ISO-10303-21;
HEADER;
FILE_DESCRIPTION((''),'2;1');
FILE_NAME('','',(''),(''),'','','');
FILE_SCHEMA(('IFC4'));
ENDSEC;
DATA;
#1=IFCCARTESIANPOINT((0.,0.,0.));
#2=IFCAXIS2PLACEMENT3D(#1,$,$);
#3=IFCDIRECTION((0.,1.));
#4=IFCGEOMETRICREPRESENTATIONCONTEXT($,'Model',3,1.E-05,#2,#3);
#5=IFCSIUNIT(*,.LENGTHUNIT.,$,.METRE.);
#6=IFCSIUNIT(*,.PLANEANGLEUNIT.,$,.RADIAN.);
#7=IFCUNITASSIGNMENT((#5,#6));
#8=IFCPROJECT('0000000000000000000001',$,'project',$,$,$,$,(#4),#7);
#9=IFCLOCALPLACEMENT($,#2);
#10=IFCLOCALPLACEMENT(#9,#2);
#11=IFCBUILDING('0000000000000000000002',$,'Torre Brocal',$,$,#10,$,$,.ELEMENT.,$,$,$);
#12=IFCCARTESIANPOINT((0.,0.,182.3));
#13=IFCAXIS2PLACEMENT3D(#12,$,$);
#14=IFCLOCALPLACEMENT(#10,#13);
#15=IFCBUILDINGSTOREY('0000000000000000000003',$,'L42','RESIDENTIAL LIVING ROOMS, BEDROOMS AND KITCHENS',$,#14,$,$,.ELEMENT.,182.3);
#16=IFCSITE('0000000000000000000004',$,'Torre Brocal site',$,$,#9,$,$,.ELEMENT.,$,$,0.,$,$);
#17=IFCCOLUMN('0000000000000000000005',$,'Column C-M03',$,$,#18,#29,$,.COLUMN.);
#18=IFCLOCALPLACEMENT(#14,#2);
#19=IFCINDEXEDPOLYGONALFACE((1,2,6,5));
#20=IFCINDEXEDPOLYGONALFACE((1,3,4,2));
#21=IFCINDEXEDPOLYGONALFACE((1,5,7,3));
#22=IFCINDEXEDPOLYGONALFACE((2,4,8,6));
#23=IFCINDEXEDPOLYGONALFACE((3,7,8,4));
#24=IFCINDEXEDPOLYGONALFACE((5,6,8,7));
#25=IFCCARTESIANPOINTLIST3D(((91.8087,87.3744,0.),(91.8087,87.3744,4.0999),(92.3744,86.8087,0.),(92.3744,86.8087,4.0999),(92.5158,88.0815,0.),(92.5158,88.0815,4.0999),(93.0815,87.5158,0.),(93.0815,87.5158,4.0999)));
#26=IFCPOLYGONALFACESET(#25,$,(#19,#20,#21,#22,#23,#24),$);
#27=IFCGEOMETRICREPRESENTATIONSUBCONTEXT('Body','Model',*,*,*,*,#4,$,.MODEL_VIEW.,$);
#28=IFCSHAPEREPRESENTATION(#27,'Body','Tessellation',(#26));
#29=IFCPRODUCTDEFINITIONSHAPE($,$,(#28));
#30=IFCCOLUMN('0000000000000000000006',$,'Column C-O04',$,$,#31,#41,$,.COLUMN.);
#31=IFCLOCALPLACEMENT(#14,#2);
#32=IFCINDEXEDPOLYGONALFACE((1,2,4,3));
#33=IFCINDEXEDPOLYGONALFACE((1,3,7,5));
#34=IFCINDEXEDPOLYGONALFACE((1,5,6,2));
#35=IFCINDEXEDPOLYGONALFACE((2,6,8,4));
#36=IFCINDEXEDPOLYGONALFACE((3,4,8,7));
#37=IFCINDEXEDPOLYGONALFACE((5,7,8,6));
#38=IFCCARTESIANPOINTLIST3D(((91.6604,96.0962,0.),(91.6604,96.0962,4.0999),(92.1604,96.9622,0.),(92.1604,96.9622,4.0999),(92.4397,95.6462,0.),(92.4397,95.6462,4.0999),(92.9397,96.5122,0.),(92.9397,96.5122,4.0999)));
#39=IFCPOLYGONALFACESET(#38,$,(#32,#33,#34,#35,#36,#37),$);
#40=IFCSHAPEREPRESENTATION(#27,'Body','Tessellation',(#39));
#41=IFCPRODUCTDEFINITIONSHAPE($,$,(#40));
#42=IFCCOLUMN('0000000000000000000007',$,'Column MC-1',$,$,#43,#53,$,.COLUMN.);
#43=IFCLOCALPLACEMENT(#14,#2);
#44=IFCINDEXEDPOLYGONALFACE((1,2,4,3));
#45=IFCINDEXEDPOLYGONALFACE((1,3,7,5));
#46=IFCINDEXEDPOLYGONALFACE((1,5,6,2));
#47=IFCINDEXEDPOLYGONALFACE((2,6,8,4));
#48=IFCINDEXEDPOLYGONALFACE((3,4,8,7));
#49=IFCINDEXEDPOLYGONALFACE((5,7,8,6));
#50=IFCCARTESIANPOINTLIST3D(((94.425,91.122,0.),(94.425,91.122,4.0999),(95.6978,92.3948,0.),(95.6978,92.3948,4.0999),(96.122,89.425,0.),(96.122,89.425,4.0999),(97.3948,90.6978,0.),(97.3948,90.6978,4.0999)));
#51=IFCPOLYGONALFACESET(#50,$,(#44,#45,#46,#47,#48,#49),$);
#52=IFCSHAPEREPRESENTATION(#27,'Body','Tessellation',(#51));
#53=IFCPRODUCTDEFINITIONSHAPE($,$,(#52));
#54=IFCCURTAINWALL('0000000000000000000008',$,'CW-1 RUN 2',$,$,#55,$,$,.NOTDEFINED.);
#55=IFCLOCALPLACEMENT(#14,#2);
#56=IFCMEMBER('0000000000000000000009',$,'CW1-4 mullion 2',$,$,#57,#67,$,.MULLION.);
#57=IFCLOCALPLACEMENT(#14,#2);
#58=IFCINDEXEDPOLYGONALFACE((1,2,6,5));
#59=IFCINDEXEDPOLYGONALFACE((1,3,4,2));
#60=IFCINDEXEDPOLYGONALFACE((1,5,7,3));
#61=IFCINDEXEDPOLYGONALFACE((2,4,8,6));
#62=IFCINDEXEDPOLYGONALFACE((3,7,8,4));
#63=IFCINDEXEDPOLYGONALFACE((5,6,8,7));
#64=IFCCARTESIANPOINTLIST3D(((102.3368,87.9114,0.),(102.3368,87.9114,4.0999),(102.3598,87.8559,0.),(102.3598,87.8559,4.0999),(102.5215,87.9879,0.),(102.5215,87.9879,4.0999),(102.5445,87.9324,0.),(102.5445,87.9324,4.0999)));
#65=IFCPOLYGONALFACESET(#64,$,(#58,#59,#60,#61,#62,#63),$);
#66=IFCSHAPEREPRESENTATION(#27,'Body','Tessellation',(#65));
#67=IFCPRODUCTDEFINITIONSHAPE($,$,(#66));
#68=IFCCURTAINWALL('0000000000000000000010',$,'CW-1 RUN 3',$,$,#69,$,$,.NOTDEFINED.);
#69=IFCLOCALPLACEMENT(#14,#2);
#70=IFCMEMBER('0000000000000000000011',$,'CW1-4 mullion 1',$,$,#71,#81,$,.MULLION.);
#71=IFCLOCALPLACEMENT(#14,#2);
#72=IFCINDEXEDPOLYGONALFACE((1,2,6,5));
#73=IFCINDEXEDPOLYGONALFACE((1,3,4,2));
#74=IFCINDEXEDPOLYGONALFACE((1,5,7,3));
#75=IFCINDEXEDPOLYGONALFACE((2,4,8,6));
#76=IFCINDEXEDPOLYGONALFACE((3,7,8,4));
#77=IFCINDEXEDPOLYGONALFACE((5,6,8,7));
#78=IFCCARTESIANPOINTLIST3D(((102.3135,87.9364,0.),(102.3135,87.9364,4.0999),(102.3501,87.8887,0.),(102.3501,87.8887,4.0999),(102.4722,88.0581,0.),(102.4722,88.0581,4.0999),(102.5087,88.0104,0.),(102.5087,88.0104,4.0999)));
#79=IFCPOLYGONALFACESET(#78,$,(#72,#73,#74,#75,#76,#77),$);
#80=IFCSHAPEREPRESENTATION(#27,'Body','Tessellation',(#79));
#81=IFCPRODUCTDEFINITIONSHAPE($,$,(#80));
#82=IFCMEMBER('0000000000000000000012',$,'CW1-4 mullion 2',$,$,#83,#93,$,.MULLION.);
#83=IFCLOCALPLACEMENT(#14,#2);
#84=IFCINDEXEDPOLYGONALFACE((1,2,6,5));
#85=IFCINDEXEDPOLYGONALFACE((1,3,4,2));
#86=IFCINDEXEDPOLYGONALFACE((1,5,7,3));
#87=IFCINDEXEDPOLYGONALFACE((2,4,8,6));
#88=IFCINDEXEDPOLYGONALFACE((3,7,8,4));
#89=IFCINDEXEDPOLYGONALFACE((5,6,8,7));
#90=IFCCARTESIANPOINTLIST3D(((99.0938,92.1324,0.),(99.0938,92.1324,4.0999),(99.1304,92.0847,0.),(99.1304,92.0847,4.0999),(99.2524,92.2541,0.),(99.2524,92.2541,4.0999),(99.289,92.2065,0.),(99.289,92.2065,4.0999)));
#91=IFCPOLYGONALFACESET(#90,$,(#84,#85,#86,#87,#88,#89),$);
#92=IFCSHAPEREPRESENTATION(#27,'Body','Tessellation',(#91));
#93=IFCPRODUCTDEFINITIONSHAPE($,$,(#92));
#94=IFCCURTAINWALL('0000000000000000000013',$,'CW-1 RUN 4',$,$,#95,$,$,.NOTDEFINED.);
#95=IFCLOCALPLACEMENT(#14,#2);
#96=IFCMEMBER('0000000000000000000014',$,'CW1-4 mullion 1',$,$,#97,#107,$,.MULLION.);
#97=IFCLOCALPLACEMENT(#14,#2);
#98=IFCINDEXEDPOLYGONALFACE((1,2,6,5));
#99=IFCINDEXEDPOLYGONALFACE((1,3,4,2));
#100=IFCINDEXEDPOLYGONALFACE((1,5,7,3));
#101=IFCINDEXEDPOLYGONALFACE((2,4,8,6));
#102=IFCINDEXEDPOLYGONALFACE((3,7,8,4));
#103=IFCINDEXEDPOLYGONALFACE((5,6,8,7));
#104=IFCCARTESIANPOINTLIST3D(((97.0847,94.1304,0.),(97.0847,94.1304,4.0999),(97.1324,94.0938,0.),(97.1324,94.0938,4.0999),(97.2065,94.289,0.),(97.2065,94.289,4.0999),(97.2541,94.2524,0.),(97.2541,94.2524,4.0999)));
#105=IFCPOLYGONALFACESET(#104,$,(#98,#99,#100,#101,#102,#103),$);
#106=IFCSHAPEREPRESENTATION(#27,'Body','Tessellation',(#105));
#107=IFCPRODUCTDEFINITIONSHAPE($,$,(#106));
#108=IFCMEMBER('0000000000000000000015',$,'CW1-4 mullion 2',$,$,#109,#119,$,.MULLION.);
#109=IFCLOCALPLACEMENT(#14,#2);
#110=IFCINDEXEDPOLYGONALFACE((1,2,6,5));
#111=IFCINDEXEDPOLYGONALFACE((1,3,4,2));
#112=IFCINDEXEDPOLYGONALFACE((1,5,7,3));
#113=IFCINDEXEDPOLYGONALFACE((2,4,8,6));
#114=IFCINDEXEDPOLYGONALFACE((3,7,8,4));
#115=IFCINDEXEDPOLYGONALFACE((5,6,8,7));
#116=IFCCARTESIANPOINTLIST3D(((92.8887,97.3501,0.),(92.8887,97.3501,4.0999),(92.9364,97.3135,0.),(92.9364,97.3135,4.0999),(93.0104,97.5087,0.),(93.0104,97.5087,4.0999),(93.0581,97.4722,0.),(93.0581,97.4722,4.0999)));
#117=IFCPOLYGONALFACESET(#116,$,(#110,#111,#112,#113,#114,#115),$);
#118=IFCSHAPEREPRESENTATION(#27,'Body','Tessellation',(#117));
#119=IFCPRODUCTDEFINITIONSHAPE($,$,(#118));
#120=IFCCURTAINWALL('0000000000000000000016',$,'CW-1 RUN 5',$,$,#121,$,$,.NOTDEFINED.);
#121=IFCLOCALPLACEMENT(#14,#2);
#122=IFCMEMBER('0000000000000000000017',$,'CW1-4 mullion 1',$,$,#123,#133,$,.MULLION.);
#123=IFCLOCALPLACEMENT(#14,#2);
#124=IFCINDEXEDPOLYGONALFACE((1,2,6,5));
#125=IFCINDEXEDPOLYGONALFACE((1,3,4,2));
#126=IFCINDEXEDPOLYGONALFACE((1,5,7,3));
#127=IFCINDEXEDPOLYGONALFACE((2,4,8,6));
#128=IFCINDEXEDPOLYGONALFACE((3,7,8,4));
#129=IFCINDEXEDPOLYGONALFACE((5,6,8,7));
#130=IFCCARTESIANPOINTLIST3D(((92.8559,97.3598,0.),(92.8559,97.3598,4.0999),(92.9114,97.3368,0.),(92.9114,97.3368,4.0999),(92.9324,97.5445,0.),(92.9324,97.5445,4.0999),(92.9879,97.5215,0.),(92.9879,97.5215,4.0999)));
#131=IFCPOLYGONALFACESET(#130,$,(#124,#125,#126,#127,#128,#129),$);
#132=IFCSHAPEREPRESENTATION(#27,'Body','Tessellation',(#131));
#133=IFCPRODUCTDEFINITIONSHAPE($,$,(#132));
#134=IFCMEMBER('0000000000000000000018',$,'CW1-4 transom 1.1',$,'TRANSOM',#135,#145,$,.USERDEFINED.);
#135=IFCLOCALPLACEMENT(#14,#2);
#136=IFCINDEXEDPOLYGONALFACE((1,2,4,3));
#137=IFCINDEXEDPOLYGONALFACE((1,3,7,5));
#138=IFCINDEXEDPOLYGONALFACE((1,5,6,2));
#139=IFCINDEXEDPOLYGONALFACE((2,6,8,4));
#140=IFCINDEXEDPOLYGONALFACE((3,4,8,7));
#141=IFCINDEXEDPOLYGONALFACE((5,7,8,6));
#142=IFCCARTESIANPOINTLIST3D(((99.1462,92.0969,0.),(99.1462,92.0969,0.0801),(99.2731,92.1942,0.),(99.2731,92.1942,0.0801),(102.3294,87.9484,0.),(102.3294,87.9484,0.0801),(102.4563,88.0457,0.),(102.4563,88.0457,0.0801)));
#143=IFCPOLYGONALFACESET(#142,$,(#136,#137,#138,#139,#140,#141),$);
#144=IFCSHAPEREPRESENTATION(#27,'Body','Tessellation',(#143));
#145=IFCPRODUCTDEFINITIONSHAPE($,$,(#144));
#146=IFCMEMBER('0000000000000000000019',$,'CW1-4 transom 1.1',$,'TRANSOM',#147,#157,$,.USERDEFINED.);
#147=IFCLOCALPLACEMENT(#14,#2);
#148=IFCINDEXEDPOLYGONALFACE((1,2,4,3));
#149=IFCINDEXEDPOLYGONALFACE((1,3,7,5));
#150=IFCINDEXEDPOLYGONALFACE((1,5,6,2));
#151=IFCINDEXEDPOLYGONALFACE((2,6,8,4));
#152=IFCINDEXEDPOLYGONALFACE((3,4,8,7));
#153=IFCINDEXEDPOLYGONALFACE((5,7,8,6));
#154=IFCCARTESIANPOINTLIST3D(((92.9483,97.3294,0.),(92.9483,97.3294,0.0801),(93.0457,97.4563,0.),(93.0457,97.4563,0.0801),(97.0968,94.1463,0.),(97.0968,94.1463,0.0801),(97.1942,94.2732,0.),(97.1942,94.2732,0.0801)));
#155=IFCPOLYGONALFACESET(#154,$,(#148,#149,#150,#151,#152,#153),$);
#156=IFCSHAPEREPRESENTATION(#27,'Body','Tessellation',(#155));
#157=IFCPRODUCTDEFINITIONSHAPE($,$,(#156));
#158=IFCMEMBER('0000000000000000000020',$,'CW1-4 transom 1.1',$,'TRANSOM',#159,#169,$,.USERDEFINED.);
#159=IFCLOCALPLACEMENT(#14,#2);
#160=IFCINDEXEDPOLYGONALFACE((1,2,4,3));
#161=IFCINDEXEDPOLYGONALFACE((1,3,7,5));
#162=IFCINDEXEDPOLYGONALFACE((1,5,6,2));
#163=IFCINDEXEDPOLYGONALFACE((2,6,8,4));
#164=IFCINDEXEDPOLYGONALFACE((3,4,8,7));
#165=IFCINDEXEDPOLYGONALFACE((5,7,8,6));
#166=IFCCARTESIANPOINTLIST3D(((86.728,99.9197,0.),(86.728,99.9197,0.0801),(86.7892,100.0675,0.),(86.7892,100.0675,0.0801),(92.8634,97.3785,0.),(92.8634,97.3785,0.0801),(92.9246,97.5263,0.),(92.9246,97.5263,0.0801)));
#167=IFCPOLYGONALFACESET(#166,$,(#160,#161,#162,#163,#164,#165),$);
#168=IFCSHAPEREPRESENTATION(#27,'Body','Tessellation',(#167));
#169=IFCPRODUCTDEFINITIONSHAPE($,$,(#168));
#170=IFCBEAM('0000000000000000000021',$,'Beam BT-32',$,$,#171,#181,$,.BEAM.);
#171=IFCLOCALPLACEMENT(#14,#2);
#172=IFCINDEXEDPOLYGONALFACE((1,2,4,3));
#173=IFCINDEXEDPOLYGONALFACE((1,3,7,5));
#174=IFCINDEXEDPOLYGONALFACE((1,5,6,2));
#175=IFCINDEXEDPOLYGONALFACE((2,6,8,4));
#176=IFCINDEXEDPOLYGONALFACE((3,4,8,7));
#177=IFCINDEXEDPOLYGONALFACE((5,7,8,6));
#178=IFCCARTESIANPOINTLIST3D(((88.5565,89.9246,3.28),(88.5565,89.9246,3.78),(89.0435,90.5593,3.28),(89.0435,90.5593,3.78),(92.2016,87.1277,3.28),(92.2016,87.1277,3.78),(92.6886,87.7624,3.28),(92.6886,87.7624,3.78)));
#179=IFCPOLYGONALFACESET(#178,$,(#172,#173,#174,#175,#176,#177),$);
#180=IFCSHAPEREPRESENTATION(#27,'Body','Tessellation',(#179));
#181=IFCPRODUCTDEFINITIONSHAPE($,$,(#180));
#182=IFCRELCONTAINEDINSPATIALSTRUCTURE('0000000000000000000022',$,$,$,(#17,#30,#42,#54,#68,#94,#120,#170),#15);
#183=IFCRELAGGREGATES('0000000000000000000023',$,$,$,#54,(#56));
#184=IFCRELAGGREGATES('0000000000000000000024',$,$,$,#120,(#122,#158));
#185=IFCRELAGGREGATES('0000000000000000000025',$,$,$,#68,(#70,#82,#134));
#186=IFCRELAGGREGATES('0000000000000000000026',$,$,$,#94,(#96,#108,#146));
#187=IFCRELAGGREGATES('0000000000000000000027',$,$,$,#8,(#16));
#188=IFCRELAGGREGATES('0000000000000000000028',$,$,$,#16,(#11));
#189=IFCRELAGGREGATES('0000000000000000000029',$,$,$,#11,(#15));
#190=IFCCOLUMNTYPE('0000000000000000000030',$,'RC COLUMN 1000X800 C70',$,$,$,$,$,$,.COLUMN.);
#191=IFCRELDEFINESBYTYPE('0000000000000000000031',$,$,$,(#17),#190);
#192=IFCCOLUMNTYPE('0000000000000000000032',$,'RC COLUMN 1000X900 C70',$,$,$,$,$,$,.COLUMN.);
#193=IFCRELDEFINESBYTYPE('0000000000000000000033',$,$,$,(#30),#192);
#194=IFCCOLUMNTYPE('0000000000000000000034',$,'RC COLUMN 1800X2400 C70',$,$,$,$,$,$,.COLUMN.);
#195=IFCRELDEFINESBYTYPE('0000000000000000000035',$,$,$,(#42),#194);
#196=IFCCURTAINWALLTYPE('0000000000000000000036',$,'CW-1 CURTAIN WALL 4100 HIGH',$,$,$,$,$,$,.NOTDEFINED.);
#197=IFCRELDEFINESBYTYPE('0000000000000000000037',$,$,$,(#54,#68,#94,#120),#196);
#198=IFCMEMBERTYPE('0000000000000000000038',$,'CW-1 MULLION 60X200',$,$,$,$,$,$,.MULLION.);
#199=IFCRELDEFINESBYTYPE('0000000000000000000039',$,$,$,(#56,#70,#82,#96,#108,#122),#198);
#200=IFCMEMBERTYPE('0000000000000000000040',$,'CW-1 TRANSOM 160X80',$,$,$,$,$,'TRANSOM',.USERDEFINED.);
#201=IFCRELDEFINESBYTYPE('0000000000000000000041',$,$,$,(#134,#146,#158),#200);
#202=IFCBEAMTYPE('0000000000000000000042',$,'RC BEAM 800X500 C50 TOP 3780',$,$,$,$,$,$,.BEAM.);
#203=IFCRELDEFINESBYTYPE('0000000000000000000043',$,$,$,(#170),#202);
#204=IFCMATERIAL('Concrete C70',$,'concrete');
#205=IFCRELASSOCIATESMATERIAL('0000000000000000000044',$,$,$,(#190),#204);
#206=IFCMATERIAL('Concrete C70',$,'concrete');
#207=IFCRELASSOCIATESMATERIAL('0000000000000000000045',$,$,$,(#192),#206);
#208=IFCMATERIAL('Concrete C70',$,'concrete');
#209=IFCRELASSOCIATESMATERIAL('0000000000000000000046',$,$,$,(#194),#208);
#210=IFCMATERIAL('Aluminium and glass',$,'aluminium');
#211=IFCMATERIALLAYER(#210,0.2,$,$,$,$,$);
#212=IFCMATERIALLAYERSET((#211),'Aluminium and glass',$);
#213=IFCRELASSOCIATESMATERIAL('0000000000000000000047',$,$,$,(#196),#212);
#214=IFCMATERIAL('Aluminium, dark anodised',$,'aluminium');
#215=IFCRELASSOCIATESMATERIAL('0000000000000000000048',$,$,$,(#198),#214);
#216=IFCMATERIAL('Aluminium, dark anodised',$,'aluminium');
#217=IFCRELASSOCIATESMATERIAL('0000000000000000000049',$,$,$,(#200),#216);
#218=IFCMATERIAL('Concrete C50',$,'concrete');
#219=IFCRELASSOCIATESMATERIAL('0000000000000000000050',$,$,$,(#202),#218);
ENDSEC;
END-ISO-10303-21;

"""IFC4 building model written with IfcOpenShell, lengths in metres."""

from ifc_helpers import new_model, si_unit, direction, frame, origin, origin_2d, place, context, subcontext, project, spatial, rectangle, extrude, material, layer, layer_set, material_profile, profile_set, type_object, element, aggregate, save


model = new_model("IFC4")

# Units and contexts
model_context = context("Model", 3, precision=1e-05, world=origin(), true_north=direction((0.0, 1.0)))
body_context = subcontext(model_context, "Body", "Model", "MODEL_VIEW")
ifc_project = project(units=[si_unit("LENGTHUNIT", "METRE"), si_unit("PLANEANGLEUNIT", "RADIAN")], contexts=[model_context])

# Site, building, storey
site_placement = place(None, origin())
site = spatial("IfcSite", under=ifc_project, at=site_placement, Name="Torre Brocal site", CompositionType="ELEMENT", RefElevation=0.0)
building_placement = place(site_placement, origin())
building = spatial("IfcBuilding", under=site, at=building_placement, Name="Torre Brocal", CompositionType="ELEMENT")
storey_placement = place(building_placement, frame((0.0, 0.0, 182.3)))
storey = spatial("IfcBuildingStorey", under=building, at=storey_placement, Name="L42", Description="RESIDENTIAL LIVING ROOMS, BEDROOMS AND KITCHENS", CompositionType="ELEMENT", Elevation=182.3)

# Columns
ifc_material_1 = material(Name="Concrete C70", Category="concrete")
ifc_material_profile_1 = material_profile(ifc_material_1, rectangle(XDim=1.0, YDim=0.8, at=origin_2d()), Name="RC 1000X800")
ifc_profile_set_1 = profile_set([ifc_material_profile_1], Name="Concrete C70")
column_type_1 = type_object("IfcColumnType", Name="RC COLUMN 1000X800 C70", PredefinedType="COLUMN", material=ifc_profile_set_1)
column_1_placement = place(storey_placement, frame((92.4451, 87.4451, 0.0), z_axis=(0.0, 0.0, 1.0), x_axis=(0.707107, 0.707107, 0.0)))
element("IfcColumn", 1, at=column_1_placement, inside=storey, type_object=column_type_1, Name="Column C-M03", PredefinedType="COLUMN", context=body_context, shape_type="SweptSolid", body=[
    extrude(rectangle(XDim=1.0, YDim=0.8, at=origin_2d()), origin(), (0.0, 0.0, 1.0), 4.0999),
])
ifc_material_2 = material(Name="Concrete C70", Category="concrete")
ifc_material_profile_2 = material_profile(ifc_material_2, rectangle(XDim=1.0, YDim=0.8999, at=origin_2d()), Name="RC 1000X900")
ifc_profile_set_2 = profile_set([ifc_material_profile_2], Name="Concrete C70")
column_type_2 = type_object("IfcColumnType", Name="RC COLUMN 1000X900 C70", PredefinedType="COLUMN", material=ifc_profile_set_2)
column_2_placement = place(storey_placement, frame((92.3, 96.3042, 0.0), z_axis=(0.0, 0.0, 1.0), x_axis=(0.5, 0.866025, 0.0)))
element("IfcColumn", 2, at=column_2_placement, inside=storey, type_object=column_type_2, Name="Column C-O04", PredefinedType="COLUMN", context=body_context, shape_type="SweptSolid", body=[
    extrude(rectangle(XDim=1.0, YDim=0.8999, at=origin_2d()), origin(), (0.0, 0.0, 1.0), 4.0999),
])
ifc_material_3 = material(Name="Concrete C70", Category="concrete")
ifc_material_profile_3 = material_profile(ifc_material_3, rectangle(XDim=1.8, YDim=2.3999, at=origin_2d()), Name="RC 1800X2400")
ifc_profile_set_3 = profile_set([ifc_material_profile_3], Name="Concrete C70")
column_type_3 = type_object("IfcColumnType", Name="RC COLUMN 1800X2400 C70", PredefinedType="COLUMN", material=ifc_profile_set_3)
column_3_placement = place(storey_placement, frame((95.9099, 90.9099, 0.0), z_axis=(0.0, 0.0, 1.0), x_axis=(0.707107, 0.707107, 0.0)))
element("IfcColumn", 3, at=column_3_placement, inside=storey, type_object=column_type_3, Name="Column MC-1", PredefinedType="COLUMN", context=body_context, shape_type="SweptSolid", body=[
    extrude(rectangle(XDim=1.8, YDim=2.3999, at=origin_2d()), origin(), (0.0, 0.0, 1.0), 4.0999),
])

# Curtain wall, member
ifc_material_4 = material(Name="Aluminium and glass", Category="aluminium")
ifc_layer_1 = layer(ifc_material_4, 0.2)
ifc_layer_set_1 = layer_set([ifc_layer_1], Name="Aluminium and glass")
curtain_wall_type = type_object("IfcCurtainWallType", Name="CW-1 CURTAIN WALL 4100 HIGH", PredefinedType="NOTDEFINED", material=ifc_layer_set_1)
curtain_wall_1_placement = place(storey_placement, origin())
curtain_wall_1 = element("IfcCurtainWall", 4, at=curtain_wall_1_placement, inside=storey, type_object=curtain_wall_type, Name="CW-1 RUN 2", PredefinedType="NOTDEFINED")
ifc_material_5 = material(Name="Aluminium, dark anodised", Category="aluminium")
ifc_material_profile_4 = material_profile(ifc_material_5, rectangle(XDim=0.2, YDim=0.0601, at=origin_2d()), Name="CW-1 MULLION 60X200")
ifc_profile_set_4 = profile_set([ifc_material_profile_4], Name="Aluminium, dark anodised")
member_type_1 = type_object("IfcMemberType", Name="CW-1 MULLION 60X200", PredefinedType="MULLION", material=ifc_profile_set_4)
member_1_placement = place(storey_placement, frame((102.4407, 87.9219, 0.0), z_axis=(0.0, 0.0, 1.0), x_axis=(-0.92388, -0.382683, 0.0)))
member_1 = element("IfcMember", 5, at=member_1_placement, type_object=member_type_1, Name="CW1-4 mullion 2", PredefinedType="MULLION", context=body_context, shape_type="SweptSolid", body=[
    extrude(rectangle(XDim=0.2, YDim=0.0601, at=origin_2d()), origin(), (0.0, 0.0, 1.0), 4.0999),
])
aggregate(curtain_wall_1, [member_1])

# Curtain walls, members
curtain_wall_2_placement = place(storey_placement, origin())
curtain_wall_2 = element("IfcCurtainWall", 6, at=curtain_wall_2_placement, inside=storey, type_object=curtain_wall_type, Name="CW-1 RUN 3", PredefinedType="NOTDEFINED")
member_2_placement = place(storey_placement, frame((102.4111, 87.9734, 0.0), z_axis=(0.0, 0.0, 1.0), x_axis=(-0.793353, -0.608761, 0.0)))
member_2 = element("IfcMember", 7, at=member_2_placement, type_object=member_type_1, Name="CW1-4 mullion 1", PredefinedType="MULLION", context=body_context, shape_type="SweptSolid", body=[
    extrude(rectangle(XDim=0.2, YDim=0.0601, at=origin_2d()), origin(), (0.0, 0.0, 1.0), 4.0999),
])
member_3_placement = place(storey_placement, frame((99.1914, 92.1694, 0.0), z_axis=(0.0, 0.0, 1.0), x_axis=(-0.793353, -0.608761, 0.0)))
member_3 = element("IfcMember", 8, at=member_3_placement, type_object=member_type_1, Name="CW1-4 mullion 2", PredefinedType="MULLION", context=body_context, shape_type="SweptSolid", body=[
    extrude(rectangle(XDim=0.2, YDim=0.0601, at=origin_2d()), origin(), (0.0, 0.0, 1.0), 4.0999),
])
curtain_wall_3_placement = place(storey_placement, origin())
curtain_wall_3 = element("IfcCurtainWall", 9, at=curtain_wall_3_placement, inside=storey, type_object=curtain_wall_type, Name="CW-1 RUN 4", PredefinedType="NOTDEFINED")
member_4_placement = place(storey_placement, frame((97.1694, 94.1914, 0.0), z_axis=(0.0, 0.0, 1.0), x_axis=(-0.608761, -0.793353, 0.0)))
member_4 = element("IfcMember", 10, at=member_4_placement, type_object=member_type_1, Name="CW1-4 mullion 1", PredefinedType="MULLION", context=body_context, shape_type="SweptSolid", body=[
    extrude(rectangle(XDim=0.2, YDim=0.0601, at=origin_2d()), origin(), (0.0, 0.0, 1.0), 4.0999),
])
member_5_placement = place(storey_placement, frame((92.9734, 97.4111, 0.0), z_axis=(0.0, 0.0, 1.0), x_axis=(-0.608761, -0.793353, 0.0)))
member_5 = element("IfcMember", 11, at=member_5_placement, type_object=member_type_1, Name="CW1-4 mullion 2", PredefinedType="MULLION", context=body_context, shape_type="SweptSolid", body=[
    extrude(rectangle(XDim=0.2, YDim=0.0601, at=origin_2d()), origin(), (0.0, 0.0, 1.0), 4.0999),
])

# Curtain wall, member
curtain_wall_4_placement = place(storey_placement, origin())
curtain_wall_4 = element("IfcCurtainWall", 12, at=curtain_wall_4_placement, inside=storey, type_object=curtain_wall_type, Name="CW-1 RUN 5", PredefinedType="NOTDEFINED")
member_6_placement = place(storey_placement, frame((92.9219, 97.4407, 0.0), z_axis=(0.0, 0.0, 1.0), x_axis=(-0.382683, -0.92388, 0.0)))
member_6 = element("IfcMember", 13, at=member_6_placement, type_object=member_type_1, Name="CW1-4 mullion 1", PredefinedType="MULLION", context=body_context, shape_type="SweptSolid", body=[
    extrude(rectangle(XDim=0.2, YDim=0.0601, at=origin_2d()), origin(), (0.0, 0.0, 1.0), 4.0999),
])

# Members
ifc_material_6 = material(Name="Aluminium, dark anodised", Category="aluminium")
ifc_material_profile_5 = material_profile(ifc_material_6, rectangle(XDim=0.1599, YDim=0.0801, at=origin_2d()), Name="CW-1 TRANSOM 160X80")
ifc_profile_set_5 = profile_set([ifc_material_profile_5], Name="Aluminium, dark anodised")
member_type_2 = type_object("IfcMemberType", Name="CW-1 TRANSOM 160X80", ElementType="TRANSOM", PredefinedType="USERDEFINED", material=ifc_profile_set_5)
member_7_placement = place(storey_placement, frame((102.3928, 87.9971, 0.04), z_axis=(-0.608749, 0.793363, 0.0), x_axis=(-0.793363, -0.608749, 0.0)))
member_7 = element("IfcMember", 14, at=member_7_placement, type_object=member_type_2, Name="CW1-4 transom 1.1", ObjectType="TRANSOM", PredefinedType="USERDEFINED", context=body_context, shape_type="SweptSolid", body=[
    extrude(rectangle(XDim=0.1599, YDim=0.0801, at=origin_2d()), origin(), (0.0, 0.0, 1.0), 5.229),
])
member_8_placement = place(storey_placement, frame((97.1455, 94.2097, 0.04), z_axis=(-0.793363, 0.608749, 0.0), x_axis=(-0.608749, -0.793363, 0.0)))
member_8 = element("IfcMember", 15, at=member_8_placement, type_object=member_type_2, Name="CW1-4 transom 1.1", ObjectType="TRANSOM", PredefinedType="USERDEFINED", context=body_context, shape_type="SweptSolid", body=[
    extrude(rectangle(XDim=0.1599, YDim=0.0801, at=origin_2d()), origin(), (0.0, 0.0, 1.0), 5.229),
])
member_9_placement = place(storey_placement, frame((92.894, 97.4524, 0.04), z_axis=(-0.923887, 0.382665, 0.0), x_axis=(-0.382665, -0.923887, 0.0)))
member_9 = element("IfcMember", 16, at=member_9_placement, type_object=member_type_2, Name="CW1-4 transom 1.1", ObjectType="TRANSOM", PredefinedType="USERDEFINED", context=body_context, shape_type="SweptSolid", body=[
    extrude(rectangle(XDim=0.1599, YDim=0.0801, at=origin_2d()), origin(), (0.0, 0.0, 1.0), 6.6409),
])
aggregate(curtain_wall_4, [member_6, member_9])

# Beam
ifc_material_7 = material(Name="Concrete C50", Category="concrete")
ifc_material_profile_6 = material_profile(ifc_material_7, rectangle(XDim=0.8, YDim=0.5, at=origin_2d()), Name="RC 800X500")
ifc_profile_set_6 = profile_set([ifc_material_profile_6], Name="Concrete C50")
beam_type_1 = type_object("IfcBeamType", Name="RC BEAM 800X500 C50 TOP 3780", PredefinedType="BEAM", material=ifc_profile_set_6)
beam_1_placement = place(storey_placement, frame((92.4451, 87.4451, 3.53), z_axis=(-0.793358, 0.608755, 0.0), x_axis=(-0.608755, -0.793358, 0.0)))
element("IfcBeam", 17, at=beam_1_placement, inside=storey, type_object=beam_type_1, Name="Beam BT-32", PredefinedType="BEAM", context=body_context, shape_type="SweptSolid", body=[
    extrude(rectangle(XDim=0.8, YDim=0.5, at=origin_2d()), origin(), (0.0, 0.0, 1.0), 4.5945),
])

aggregate(curtain_wall_2, [member_2, member_3, member_7])
aggregate(curtain_wall_3, [member_4, member_5, member_8])

save(model, "model.ifc")
